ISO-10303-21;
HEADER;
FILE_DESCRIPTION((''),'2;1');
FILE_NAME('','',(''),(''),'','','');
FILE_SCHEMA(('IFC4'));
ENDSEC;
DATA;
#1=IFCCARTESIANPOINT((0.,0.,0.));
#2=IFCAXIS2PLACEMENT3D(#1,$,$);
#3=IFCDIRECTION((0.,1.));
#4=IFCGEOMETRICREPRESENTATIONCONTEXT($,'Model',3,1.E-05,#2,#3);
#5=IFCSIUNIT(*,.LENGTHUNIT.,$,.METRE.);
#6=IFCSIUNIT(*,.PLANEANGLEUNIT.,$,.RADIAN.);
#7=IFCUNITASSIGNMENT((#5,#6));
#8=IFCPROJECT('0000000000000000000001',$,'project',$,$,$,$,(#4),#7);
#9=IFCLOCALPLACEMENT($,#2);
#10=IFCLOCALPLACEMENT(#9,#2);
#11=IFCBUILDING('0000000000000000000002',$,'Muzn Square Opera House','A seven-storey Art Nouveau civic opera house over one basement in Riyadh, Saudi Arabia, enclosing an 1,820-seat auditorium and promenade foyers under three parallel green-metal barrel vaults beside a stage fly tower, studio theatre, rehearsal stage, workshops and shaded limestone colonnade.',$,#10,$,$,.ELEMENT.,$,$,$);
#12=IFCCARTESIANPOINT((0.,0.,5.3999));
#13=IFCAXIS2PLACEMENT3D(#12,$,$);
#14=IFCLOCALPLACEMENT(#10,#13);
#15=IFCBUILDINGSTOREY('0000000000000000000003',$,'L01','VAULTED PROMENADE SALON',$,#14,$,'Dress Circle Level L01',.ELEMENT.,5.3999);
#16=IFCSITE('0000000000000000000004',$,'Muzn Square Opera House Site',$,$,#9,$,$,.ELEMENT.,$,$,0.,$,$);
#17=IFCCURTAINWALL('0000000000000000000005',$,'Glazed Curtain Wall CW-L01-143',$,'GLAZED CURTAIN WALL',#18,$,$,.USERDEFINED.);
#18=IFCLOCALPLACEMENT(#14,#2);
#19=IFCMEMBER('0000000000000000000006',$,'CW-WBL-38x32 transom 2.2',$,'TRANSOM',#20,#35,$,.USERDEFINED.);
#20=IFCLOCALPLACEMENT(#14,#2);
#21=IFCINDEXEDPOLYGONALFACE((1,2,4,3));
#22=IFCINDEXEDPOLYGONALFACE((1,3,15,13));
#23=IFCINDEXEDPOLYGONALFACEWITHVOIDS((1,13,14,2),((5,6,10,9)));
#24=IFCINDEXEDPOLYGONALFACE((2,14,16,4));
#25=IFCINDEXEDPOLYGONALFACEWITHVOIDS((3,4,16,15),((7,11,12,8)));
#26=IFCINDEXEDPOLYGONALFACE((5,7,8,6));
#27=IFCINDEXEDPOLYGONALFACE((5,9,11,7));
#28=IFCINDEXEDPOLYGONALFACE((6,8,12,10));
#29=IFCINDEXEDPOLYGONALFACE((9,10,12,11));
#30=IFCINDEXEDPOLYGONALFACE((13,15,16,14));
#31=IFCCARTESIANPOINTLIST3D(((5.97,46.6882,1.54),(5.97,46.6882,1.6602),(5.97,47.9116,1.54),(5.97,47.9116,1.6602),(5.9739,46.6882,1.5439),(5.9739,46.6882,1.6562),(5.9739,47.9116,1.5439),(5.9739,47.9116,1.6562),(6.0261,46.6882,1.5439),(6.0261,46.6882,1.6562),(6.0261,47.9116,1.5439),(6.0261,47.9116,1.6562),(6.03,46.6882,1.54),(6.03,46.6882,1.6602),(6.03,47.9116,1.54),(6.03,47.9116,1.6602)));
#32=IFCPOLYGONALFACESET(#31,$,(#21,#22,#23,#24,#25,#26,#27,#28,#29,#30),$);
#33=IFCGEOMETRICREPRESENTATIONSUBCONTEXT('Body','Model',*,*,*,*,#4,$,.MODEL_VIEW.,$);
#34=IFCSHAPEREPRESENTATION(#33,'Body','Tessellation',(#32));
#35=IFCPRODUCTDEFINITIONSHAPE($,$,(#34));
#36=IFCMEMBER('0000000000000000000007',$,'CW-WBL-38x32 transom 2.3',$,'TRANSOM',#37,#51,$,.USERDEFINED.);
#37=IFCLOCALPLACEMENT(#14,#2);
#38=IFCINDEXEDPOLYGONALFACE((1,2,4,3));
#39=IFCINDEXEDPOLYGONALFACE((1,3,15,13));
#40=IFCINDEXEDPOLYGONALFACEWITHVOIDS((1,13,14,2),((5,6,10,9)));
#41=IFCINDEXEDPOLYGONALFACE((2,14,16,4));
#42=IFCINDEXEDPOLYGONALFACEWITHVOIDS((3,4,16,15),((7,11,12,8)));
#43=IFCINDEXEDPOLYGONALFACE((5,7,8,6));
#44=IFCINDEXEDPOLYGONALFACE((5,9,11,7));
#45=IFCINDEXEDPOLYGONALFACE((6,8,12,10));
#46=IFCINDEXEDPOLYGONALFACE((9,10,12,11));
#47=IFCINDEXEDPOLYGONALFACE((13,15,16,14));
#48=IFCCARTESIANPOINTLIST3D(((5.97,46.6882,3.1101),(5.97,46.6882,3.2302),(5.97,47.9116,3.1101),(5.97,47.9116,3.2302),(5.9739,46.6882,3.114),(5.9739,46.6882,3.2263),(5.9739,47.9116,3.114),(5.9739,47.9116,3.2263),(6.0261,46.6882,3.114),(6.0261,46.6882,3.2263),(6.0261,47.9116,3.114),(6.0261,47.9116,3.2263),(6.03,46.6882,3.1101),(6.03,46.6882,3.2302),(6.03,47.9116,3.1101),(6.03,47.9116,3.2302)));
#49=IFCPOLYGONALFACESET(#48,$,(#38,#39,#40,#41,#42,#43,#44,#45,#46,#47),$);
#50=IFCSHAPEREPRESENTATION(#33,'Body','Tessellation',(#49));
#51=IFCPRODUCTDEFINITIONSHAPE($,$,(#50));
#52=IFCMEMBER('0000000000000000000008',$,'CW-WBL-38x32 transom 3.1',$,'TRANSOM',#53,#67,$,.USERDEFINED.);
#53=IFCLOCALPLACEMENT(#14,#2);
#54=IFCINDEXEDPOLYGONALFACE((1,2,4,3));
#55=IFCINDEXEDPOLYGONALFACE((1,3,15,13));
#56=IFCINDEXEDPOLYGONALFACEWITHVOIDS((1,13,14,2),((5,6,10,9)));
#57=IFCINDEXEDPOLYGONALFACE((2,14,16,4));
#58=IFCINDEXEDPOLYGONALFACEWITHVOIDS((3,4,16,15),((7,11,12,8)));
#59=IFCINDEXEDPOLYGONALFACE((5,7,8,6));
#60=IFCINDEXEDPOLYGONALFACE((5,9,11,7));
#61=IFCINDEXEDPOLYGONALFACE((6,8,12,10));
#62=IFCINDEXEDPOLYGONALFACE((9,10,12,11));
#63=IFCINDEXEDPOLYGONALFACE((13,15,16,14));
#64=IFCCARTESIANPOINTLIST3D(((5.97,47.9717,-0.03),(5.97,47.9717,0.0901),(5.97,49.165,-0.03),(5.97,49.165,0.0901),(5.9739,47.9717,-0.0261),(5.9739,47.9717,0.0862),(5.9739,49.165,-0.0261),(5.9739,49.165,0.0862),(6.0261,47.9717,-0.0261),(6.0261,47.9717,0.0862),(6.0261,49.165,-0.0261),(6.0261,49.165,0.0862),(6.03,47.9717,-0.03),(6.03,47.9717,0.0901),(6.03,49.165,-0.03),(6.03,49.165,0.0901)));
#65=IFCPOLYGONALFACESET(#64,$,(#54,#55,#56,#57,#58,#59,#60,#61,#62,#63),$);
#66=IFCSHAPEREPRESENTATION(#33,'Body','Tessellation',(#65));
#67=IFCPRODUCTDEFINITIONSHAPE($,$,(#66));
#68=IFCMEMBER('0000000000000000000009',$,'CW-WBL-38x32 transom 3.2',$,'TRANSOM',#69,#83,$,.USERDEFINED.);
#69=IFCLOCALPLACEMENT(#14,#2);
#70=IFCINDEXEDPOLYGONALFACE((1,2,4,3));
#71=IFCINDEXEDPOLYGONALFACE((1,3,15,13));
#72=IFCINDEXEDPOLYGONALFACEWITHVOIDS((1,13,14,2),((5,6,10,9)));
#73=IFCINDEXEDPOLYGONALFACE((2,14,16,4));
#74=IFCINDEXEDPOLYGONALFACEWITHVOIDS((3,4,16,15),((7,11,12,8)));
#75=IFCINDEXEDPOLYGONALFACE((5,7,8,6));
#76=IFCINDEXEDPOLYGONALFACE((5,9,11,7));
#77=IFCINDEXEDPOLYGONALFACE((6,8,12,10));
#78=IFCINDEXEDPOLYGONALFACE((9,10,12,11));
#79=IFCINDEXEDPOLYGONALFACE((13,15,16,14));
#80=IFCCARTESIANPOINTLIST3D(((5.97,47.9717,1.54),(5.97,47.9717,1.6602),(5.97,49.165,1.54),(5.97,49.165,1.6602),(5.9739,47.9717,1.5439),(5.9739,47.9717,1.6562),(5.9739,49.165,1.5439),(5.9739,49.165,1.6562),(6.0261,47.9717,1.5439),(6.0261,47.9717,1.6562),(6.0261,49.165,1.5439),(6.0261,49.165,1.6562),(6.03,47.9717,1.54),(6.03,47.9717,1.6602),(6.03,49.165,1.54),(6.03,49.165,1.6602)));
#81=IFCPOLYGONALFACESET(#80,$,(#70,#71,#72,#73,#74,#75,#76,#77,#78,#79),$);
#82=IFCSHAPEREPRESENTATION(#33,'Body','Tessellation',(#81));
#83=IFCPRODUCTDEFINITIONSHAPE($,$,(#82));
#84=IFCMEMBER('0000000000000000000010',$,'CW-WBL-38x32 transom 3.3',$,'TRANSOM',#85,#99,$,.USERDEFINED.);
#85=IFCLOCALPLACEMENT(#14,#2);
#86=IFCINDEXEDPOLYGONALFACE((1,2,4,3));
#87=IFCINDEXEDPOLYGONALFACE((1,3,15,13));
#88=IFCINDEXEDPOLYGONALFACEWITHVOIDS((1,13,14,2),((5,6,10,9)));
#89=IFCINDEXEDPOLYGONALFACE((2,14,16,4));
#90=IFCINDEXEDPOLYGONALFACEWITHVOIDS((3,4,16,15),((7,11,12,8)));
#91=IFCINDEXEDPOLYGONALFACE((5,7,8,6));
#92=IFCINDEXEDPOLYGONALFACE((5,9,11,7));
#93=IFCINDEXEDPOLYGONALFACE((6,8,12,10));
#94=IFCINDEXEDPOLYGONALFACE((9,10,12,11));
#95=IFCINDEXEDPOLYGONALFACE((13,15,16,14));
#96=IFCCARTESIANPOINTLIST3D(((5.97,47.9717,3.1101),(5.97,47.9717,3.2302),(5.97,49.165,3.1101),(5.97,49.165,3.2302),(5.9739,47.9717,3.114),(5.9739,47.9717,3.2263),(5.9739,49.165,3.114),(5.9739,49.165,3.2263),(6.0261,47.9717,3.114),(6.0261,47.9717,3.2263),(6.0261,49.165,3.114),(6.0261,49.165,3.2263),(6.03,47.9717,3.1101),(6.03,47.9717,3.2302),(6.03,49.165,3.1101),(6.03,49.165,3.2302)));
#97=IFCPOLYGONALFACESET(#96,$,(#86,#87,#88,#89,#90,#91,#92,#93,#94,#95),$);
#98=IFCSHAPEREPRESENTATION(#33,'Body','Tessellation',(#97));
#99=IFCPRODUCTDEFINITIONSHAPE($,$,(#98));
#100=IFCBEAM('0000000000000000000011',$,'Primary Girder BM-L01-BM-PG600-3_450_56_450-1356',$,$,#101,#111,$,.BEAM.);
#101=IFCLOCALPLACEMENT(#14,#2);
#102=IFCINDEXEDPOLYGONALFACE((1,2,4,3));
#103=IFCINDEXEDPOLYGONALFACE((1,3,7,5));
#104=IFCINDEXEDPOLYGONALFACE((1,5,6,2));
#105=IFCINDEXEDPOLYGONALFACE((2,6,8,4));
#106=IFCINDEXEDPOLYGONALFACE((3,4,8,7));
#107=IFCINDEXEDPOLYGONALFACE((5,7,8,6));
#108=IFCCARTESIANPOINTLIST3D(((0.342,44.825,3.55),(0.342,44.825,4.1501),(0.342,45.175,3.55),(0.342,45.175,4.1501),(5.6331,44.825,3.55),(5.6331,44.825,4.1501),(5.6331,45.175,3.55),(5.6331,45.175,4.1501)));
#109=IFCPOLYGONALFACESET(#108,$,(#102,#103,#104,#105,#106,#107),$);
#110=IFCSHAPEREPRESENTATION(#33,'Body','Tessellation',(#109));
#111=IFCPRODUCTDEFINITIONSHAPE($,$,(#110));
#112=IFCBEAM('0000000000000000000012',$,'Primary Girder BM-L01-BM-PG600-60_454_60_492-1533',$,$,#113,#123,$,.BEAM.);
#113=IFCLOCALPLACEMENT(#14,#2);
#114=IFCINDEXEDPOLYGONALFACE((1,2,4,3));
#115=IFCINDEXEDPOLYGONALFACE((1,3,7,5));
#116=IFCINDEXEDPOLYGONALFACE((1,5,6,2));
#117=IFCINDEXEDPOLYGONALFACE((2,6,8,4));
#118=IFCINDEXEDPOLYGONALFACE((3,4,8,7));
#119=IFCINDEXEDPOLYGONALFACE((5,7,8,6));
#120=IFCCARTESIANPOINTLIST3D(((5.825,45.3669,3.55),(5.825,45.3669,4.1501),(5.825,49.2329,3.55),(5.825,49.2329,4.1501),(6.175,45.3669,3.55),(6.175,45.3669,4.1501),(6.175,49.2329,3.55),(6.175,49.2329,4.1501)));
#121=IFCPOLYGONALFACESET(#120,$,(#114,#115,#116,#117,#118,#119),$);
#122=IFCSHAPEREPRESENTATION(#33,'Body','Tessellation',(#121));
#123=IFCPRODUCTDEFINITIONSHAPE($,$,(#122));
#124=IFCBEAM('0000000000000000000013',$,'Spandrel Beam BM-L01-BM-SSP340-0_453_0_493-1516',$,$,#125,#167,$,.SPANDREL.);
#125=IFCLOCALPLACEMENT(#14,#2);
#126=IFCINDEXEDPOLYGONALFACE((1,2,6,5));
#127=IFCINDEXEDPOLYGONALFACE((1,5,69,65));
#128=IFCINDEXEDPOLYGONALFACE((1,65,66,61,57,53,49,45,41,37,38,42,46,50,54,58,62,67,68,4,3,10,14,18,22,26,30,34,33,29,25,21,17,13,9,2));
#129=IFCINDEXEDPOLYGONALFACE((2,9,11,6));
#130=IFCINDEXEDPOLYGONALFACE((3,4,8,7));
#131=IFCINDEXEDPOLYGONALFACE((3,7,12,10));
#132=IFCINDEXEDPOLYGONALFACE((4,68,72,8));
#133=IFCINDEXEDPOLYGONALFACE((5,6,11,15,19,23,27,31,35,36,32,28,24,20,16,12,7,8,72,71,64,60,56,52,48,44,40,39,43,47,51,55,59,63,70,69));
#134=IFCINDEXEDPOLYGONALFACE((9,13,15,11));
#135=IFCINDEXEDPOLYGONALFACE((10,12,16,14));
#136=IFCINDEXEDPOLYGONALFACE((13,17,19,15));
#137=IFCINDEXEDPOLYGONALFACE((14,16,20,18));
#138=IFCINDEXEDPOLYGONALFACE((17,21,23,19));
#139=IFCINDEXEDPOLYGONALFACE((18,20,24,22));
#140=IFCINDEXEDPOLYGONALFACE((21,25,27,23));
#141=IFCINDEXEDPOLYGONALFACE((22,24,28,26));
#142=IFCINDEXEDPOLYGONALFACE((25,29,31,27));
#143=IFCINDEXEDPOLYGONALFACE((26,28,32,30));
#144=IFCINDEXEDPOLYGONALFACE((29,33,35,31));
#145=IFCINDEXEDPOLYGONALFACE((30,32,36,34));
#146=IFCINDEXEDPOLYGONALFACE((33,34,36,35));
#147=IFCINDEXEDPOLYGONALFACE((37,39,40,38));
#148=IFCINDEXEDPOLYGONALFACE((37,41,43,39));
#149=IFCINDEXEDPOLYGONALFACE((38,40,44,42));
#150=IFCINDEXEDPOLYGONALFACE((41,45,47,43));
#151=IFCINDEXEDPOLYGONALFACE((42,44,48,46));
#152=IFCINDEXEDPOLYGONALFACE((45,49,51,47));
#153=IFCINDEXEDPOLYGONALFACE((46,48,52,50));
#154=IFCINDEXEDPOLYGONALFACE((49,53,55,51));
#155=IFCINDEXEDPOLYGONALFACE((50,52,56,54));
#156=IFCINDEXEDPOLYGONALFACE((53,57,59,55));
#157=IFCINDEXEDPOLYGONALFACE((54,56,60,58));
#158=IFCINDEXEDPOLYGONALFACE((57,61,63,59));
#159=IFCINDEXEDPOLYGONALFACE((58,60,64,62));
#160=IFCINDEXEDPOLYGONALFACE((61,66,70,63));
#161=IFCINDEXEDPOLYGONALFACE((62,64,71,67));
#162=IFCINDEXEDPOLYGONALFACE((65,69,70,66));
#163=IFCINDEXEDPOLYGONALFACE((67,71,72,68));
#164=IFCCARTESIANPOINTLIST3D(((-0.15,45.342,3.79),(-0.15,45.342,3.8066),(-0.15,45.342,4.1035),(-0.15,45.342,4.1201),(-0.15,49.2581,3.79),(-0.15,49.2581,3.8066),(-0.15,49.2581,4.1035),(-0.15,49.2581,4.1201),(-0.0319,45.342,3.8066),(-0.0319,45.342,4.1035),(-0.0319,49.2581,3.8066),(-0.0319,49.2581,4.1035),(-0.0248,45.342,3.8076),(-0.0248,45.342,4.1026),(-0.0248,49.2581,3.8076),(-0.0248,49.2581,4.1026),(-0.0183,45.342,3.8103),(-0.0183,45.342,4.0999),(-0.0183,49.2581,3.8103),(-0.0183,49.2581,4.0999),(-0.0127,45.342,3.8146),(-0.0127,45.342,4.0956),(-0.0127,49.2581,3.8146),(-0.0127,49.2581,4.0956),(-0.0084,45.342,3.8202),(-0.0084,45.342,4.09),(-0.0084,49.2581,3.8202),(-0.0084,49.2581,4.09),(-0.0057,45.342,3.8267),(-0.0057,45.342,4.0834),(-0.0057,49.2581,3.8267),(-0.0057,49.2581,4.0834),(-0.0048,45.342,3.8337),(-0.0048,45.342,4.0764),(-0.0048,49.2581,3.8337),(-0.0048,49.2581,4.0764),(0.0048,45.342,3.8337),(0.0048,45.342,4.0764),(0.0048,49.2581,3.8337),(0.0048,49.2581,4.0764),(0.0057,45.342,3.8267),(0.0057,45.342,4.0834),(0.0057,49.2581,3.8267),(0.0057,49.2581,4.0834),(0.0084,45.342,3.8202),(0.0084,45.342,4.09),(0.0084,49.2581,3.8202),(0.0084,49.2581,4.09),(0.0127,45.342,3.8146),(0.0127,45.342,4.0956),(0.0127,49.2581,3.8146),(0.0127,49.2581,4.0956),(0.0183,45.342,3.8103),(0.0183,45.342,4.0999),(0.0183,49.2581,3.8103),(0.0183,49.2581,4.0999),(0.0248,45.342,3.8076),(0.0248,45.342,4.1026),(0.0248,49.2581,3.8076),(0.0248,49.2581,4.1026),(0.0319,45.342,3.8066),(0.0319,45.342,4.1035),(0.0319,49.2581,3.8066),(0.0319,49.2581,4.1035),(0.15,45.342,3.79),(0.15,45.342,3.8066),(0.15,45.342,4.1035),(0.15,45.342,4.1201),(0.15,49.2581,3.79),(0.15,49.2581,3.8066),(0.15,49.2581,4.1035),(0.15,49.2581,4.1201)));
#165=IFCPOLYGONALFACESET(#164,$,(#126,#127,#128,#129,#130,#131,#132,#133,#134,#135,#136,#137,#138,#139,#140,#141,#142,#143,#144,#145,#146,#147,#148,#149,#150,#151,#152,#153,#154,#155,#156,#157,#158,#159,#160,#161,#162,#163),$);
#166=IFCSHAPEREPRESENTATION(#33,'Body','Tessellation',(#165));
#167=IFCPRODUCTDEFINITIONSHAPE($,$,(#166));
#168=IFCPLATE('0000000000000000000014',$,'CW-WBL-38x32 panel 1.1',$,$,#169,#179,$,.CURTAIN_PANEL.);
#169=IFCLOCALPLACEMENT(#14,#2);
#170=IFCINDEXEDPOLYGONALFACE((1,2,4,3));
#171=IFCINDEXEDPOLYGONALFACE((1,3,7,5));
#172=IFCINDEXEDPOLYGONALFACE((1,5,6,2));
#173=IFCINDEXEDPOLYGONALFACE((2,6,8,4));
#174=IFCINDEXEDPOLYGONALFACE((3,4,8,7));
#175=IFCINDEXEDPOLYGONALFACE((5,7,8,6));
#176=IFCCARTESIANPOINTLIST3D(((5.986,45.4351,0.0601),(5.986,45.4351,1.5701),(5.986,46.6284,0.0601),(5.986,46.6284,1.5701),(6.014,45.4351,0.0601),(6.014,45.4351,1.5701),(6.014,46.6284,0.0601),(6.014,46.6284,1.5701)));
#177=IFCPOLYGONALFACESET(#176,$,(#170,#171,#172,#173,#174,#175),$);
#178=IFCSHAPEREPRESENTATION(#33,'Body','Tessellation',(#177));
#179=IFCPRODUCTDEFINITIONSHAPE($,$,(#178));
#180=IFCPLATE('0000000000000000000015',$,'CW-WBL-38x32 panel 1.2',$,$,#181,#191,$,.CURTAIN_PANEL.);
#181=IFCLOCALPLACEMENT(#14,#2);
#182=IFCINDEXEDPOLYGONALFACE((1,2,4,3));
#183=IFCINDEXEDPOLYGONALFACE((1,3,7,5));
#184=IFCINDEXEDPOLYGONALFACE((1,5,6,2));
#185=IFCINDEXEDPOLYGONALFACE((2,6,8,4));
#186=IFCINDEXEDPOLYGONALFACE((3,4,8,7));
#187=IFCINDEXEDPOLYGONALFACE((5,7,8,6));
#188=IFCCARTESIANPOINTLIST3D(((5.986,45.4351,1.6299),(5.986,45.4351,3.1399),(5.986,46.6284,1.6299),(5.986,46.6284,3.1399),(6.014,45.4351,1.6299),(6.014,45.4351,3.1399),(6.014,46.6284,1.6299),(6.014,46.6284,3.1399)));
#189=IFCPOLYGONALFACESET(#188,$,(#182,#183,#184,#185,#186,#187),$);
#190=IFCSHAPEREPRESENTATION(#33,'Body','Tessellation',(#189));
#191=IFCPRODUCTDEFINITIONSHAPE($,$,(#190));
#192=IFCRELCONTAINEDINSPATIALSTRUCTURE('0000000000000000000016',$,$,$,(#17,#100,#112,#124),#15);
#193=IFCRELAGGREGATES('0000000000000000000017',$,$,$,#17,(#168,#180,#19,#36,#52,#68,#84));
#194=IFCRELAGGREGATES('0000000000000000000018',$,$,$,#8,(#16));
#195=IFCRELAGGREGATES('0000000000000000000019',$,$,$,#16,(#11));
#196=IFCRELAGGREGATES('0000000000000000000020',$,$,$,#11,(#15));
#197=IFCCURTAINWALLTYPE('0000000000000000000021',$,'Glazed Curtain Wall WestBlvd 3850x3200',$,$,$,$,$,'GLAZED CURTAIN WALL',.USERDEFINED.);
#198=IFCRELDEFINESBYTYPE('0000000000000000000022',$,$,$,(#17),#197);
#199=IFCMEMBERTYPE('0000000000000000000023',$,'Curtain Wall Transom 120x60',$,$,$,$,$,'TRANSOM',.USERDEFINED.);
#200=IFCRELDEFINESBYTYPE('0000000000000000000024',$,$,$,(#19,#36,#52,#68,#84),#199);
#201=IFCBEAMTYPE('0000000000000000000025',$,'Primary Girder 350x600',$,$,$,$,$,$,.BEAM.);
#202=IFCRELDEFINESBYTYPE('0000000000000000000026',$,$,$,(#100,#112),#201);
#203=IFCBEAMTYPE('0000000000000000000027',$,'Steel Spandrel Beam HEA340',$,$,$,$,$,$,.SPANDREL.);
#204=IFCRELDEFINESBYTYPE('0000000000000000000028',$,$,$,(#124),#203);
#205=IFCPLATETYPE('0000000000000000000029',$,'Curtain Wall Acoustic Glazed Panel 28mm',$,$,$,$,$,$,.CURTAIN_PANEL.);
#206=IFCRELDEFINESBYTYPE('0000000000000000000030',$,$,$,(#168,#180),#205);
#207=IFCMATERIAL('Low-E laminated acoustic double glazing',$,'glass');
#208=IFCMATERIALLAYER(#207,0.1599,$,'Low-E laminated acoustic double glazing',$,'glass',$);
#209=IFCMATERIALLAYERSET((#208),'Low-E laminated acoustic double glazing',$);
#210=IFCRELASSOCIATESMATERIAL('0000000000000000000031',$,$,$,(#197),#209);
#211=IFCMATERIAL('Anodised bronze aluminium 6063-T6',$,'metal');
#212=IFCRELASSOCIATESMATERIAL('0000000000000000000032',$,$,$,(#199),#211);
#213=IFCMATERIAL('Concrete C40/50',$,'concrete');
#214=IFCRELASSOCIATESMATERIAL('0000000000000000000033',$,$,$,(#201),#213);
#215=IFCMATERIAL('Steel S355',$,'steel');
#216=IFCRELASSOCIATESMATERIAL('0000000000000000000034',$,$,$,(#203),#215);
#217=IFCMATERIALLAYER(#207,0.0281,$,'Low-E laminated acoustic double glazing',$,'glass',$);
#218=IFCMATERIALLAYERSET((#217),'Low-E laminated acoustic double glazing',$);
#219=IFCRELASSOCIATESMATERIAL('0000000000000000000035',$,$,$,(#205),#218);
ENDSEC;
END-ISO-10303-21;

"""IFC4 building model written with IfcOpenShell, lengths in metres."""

from ifc_helpers import new_model, si_unit, direction, frame, origin, origin_2d, place, context, subcontext, project, spatial, rectangle, hollow_rectangle, i_section, extrude, material, layer, layer_set, material_profile, profile_set, type_object, element, aggregate, save


model = new_model("IFC4")

# Units and contexts
model_context = context("Model", 3, precision=1e-05, world=origin(), true_north=direction((0.0, 1.0)))
body_context = subcontext(model_context, "Body", "Model", "MODEL_VIEW")
ifc_project = project(units=[si_unit("LENGTHUNIT", "METRE"), si_unit("PLANEANGLEUNIT", "RADIAN")], contexts=[model_context])

# Site, building, storey
site_placement = place(None, origin())
site = spatial("IfcSite", under=ifc_project, at=site_placement, Name="Muzn Square Opera House Site", CompositionType="ELEMENT", RefElevation=0.0)
building_placement = place(site_placement, origin())
building = spatial("IfcBuilding", under=site, at=building_placement, Name="Muzn Square Opera House", Description="A seven-storey Art Nouveau civic opera house over one basement in Riyadh, Saudi Arabia, enclosing an 1,820-seat auditorium and promenade foyers under three parallel green-metal barrel vaults beside a stage fly tower, studio theatre, rehearsal stage, workshops and shaded limestone colonnade.", CompositionType="ELEMENT")
storey_placement = place(building_placement, frame((0.0, 0.0, 5.3999)))
storey = spatial("IfcBuildingStorey", under=building, at=storey_placement, Name="L01", Description="VAULTED PROMENADE SALON", LongName="Dress Circle Level L01", CompositionType="ELEMENT", Elevation=5.3999)

# Curtain wall, members
ifc_material_1 = material(Name="Low-E laminated acoustic double glazing", Category="glass")
ifc_layer_1 = layer(ifc_material_1, 0.1599, Name="Low-E laminated acoustic double glazing", Category="glass")
ifc_layer_set_1 = layer_set([ifc_layer_1], Name="Low-E laminated acoustic double glazing")
curtain_wall_type = type_object("IfcCurtainWallType", Name="Glazed Curtain Wall WestBlvd 3850x3200", ElementType="GLAZED CURTAIN WALL", PredefinedType="USERDEFINED", material=ifc_layer_set_1)
curtain_wall_placement = place(storey_placement, origin())
curtain_wall = element("IfcCurtainWall", 1, at=curtain_wall_placement, inside=storey, type_object=curtain_wall_type, Name="Glazed Curtain Wall CW-L01-143", ObjectType="GLAZED CURTAIN WALL", PredefinedType="USERDEFINED")
ifc_material_2 = material(Name="Anodised bronze aluminium 6063-T6", Category="metal")
ifc_material_profile_1 = material_profile(ifc_material_2, hollow_rectangle(XDim=0.0601, YDim=0.1201, WallThickness=0.0039, at=origin_2d()), Name="ALU 120x60x4", Category="metal")
ifc_profile_set_1 = profile_set([ifc_material_profile_1], Name="Anodised bronze aluminium 6063-T6")
member_type_1 = type_object("IfcMemberType", Name="Curtain Wall Transom 120x60", ElementType="TRANSOM", PredefinedType="USERDEFINED", material=ifc_profile_set_1)
member_1_placement = place(storey_placement, frame((6.0, 46.6882, 1.6001), z_axis=(0.0, 1.0, 0.0), x_axis=(-1.0, 0.0, 0.0)))
member_1 = element("IfcMember", 2, at=member_1_placement, type_object=member_type_1, Name="CW-WBL-38x32 transom 2.2", ObjectType="TRANSOM", PredefinedType="USERDEFINED", context=body_context, shape_type="SweptSolid", body=[
    extrude(hollow_rectangle(XDim=0.0601, YDim=0.1201, WallThickness=0.0039, at=origin_2d()), origin(), (0.0, 0.0, 1.0), 1.2234),
])
member_2_placement = place(storey_placement, frame((6.0, 46.6882, 3.1702), z_axis=(0.0, 1.0, 0.0), x_axis=(-1.0, 0.0, 0.0)))
member_2 = element("IfcMember", 3, at=member_2_placement, type_object=member_type_1, Name="CW-WBL-38x32 transom 2.3", ObjectType="TRANSOM", PredefinedType="USERDEFINED", context=body_context, shape_type="SweptSolid", body=[
    extrude(hollow_rectangle(XDim=0.0601, YDim=0.1201, WallThickness=0.0039, at=origin_2d()), origin(), (0.0, 0.0, 1.0), 1.2234),
])
member_3_placement = place(storey_placement, frame((6.0, 47.9717, 0.03), z_axis=(0.0, 1.0, 0.0), x_axis=(-1.0, 0.0, 0.0)))
member_3 = element("IfcMember", 4, at=member_3_placement, type_object=member_type_1, Name="CW-WBL-38x32 transom 3.1", ObjectType="TRANSOM", PredefinedType="USERDEFINED", context=body_context, shape_type="SweptSolid", body=[
    extrude(hollow_rectangle(XDim=0.0601, YDim=0.1201, WallThickness=0.0039, at=origin_2d()), origin(), (0.0, 0.0, 1.0), 1.1934),
])
member_4_placement = place(storey_placement, frame((6.0, 47.9717, 1.6001), z_axis=(0.0, 1.0, 0.0), x_axis=(-1.0, 0.0, 0.0)))
member_4 = element("IfcMember", 5, at=member_4_placement, type_object=member_type_1, Name="CW-WBL-38x32 transom 3.2", ObjectType="TRANSOM", PredefinedType="USERDEFINED", context=body_context, shape_type="SweptSolid", body=[
    extrude(hollow_rectangle(XDim=0.0601, YDim=0.1201, WallThickness=0.0039, at=origin_2d()), origin(), (0.0, 0.0, 1.0), 1.1934),
])
member_5_placement = place(storey_placement, frame((6.0, 47.9717, 3.1702), z_axis=(0.0, 1.0, 0.0), x_axis=(-1.0, 0.0, 0.0)))
member_5 = element("IfcMember", 6, at=member_5_placement, type_object=member_type_1, Name="CW-WBL-38x32 transom 3.3", ObjectType="TRANSOM", PredefinedType="USERDEFINED", context=body_context, shape_type="SweptSolid", body=[
    extrude(hollow_rectangle(XDim=0.0601, YDim=0.1201, WallThickness=0.0039, at=origin_2d()), origin(), (0.0, 0.0, 1.0), 1.1934),
])

# Beams
ifc_material_3 = material(Name="Concrete C40/50", Category="concrete")
ifc_material_profile_2 = material_profile(ifc_material_3, rectangle(XDim=0.3501, YDim=0.6001, at=origin_2d()), Name="RCB 350x600", Category="concrete")
ifc_profile_set_2 = profile_set([ifc_material_profile_2], Name="Concrete C40/50")
beam_type_1 = type_object("IfcBeamType", Name="Primary Girder 350x600", PredefinedType="BEAM", material=ifc_profile_set_2)
beam_1_placement = place(storey_placement, frame((0.342, 45.0, 3.8501), z_axis=(1.0, 0.0, 0.0), x_axis=(0.0, 1.0, 0.0)))
element("IfcBeam", 7, at=beam_1_placement, inside=storey, type_object=beam_type_1, Name="Primary Girder BM-L01-BM-PG600-3_450_56_450-1356", PredefinedType="BEAM", context=body_context, shape_type="SweptSolid", body=[
    extrude(rectangle(XDim=0.3501, YDim=0.6001, at=origin_2d()), origin(), (0.0, 0.0, 1.0), 5.291),
])
beam_2_placement = place(storey_placement, frame((6.0, 45.3669, 3.8501), z_axis=(0.0, 1.0, 0.0), x_axis=(-1.0, 0.0, 0.0)))
element("IfcBeam", 8, at=beam_2_placement, inside=storey, type_object=beam_type_1, Name="Primary Girder BM-L01-BM-PG600-60_454_60_492-1533", PredefinedType="BEAM", context=body_context, shape_type="SweptSolid", body=[
    extrude(rectangle(XDim=0.3501, YDim=0.6001, at=origin_2d()), origin(), (0.0, 0.0, 1.0), 3.866),
])
ifc_material_4 = material(Name="Steel S355", Category="steel")
ifc_material_profile_3 = material_profile(ifc_material_4, i_section(OverallWidth=0.3, OverallDepth=0.3301, WebThickness=0.0095, FlangeThickness=0.0166, FilletRadius=0.0271, at=origin_2d()), Name="HEA 340", Category="steel")
ifc_profile_set_3 = profile_set([ifc_material_profile_3], Name="Steel S355")
beam_type_2 = type_object("IfcBeamType", Name="Steel Spandrel Beam HEA340", PredefinedType="SPANDREL", material=ifc_profile_set_3)
beam_3_placement = place(storey_placement, frame((0.0, 45.342, 3.9551), z_axis=(0.0, 1.0, 0.0), x_axis=(-1.0, 0.0, 0.0)))
element("IfcBeam", 9, at=beam_3_placement, inside=storey, type_object=beam_type_2, Name="Spandrel Beam BM-L01-BM-SSP340-0_453_0_493-1516", PredefinedType="SPANDREL", context=body_context, shape_type="SweptSolid", body=[
    extrude(i_section(OverallWidth=0.3, OverallDepth=0.3301, WebThickness=0.0095, FlangeThickness=0.0166, FilletRadius=0.0271, at=origin_2d()), origin(), (0.0, 0.0, 1.0), 3.916),
])

# Plates
ifc_layer_2 = layer(ifc_material_1, 0.0281, Name="Low-E laminated acoustic double glazing", Category="glass")
ifc_layer_set_2 = layer_set([ifc_layer_2], Name="Low-E laminated acoustic double glazing")
plate_type = type_object("IfcPlateType", Name="Curtain Wall Acoustic Glazed Panel 28mm", PredefinedType="CURTAIN_PANEL", material=ifc_layer_set_2)
plate_1_placement = place(storey_placement, frame((6.0, 46.0317, 0.0601), z_axis=(0.0, 0.0, 1.0), x_axis=(0.0, 1.0, 0.0)))
plate_1 = element("IfcPlate", 10, at=plate_1_placement, type_object=plate_type, Name="CW-WBL-38x32 panel 1.1", PredefinedType="CURTAIN_PANEL", context=body_context, shape_type="SweptSolid", body=[
    extrude(rectangle(XDim=1.1934, YDim=0.0281, at=origin_2d()), origin(), (0.0, 0.0, 1.0), 1.51),
])
plate_2_placement = place(storey_placement, frame((6.0, 46.0317, 1.6299), z_axis=(0.0, 0.0, 1.0), x_axis=(0.0, 1.0, 0.0)))
plate_2 = element("IfcPlate", 11, at=plate_2_placement, type_object=plate_type, Name="CW-WBL-38x32 panel 1.2", PredefinedType="CURTAIN_PANEL", context=body_context, shape_type="SweptSolid", body=[
    extrude(rectangle(XDim=1.1934, YDim=0.0281, at=origin_2d()), origin(), (0.0, 0.0, 1.0), 1.51),
])
aggregate(curtain_wall, [plate_1, plate_2, member_1, member_2, member_3, member_4, member_5])

save(model, "model.ifc")
